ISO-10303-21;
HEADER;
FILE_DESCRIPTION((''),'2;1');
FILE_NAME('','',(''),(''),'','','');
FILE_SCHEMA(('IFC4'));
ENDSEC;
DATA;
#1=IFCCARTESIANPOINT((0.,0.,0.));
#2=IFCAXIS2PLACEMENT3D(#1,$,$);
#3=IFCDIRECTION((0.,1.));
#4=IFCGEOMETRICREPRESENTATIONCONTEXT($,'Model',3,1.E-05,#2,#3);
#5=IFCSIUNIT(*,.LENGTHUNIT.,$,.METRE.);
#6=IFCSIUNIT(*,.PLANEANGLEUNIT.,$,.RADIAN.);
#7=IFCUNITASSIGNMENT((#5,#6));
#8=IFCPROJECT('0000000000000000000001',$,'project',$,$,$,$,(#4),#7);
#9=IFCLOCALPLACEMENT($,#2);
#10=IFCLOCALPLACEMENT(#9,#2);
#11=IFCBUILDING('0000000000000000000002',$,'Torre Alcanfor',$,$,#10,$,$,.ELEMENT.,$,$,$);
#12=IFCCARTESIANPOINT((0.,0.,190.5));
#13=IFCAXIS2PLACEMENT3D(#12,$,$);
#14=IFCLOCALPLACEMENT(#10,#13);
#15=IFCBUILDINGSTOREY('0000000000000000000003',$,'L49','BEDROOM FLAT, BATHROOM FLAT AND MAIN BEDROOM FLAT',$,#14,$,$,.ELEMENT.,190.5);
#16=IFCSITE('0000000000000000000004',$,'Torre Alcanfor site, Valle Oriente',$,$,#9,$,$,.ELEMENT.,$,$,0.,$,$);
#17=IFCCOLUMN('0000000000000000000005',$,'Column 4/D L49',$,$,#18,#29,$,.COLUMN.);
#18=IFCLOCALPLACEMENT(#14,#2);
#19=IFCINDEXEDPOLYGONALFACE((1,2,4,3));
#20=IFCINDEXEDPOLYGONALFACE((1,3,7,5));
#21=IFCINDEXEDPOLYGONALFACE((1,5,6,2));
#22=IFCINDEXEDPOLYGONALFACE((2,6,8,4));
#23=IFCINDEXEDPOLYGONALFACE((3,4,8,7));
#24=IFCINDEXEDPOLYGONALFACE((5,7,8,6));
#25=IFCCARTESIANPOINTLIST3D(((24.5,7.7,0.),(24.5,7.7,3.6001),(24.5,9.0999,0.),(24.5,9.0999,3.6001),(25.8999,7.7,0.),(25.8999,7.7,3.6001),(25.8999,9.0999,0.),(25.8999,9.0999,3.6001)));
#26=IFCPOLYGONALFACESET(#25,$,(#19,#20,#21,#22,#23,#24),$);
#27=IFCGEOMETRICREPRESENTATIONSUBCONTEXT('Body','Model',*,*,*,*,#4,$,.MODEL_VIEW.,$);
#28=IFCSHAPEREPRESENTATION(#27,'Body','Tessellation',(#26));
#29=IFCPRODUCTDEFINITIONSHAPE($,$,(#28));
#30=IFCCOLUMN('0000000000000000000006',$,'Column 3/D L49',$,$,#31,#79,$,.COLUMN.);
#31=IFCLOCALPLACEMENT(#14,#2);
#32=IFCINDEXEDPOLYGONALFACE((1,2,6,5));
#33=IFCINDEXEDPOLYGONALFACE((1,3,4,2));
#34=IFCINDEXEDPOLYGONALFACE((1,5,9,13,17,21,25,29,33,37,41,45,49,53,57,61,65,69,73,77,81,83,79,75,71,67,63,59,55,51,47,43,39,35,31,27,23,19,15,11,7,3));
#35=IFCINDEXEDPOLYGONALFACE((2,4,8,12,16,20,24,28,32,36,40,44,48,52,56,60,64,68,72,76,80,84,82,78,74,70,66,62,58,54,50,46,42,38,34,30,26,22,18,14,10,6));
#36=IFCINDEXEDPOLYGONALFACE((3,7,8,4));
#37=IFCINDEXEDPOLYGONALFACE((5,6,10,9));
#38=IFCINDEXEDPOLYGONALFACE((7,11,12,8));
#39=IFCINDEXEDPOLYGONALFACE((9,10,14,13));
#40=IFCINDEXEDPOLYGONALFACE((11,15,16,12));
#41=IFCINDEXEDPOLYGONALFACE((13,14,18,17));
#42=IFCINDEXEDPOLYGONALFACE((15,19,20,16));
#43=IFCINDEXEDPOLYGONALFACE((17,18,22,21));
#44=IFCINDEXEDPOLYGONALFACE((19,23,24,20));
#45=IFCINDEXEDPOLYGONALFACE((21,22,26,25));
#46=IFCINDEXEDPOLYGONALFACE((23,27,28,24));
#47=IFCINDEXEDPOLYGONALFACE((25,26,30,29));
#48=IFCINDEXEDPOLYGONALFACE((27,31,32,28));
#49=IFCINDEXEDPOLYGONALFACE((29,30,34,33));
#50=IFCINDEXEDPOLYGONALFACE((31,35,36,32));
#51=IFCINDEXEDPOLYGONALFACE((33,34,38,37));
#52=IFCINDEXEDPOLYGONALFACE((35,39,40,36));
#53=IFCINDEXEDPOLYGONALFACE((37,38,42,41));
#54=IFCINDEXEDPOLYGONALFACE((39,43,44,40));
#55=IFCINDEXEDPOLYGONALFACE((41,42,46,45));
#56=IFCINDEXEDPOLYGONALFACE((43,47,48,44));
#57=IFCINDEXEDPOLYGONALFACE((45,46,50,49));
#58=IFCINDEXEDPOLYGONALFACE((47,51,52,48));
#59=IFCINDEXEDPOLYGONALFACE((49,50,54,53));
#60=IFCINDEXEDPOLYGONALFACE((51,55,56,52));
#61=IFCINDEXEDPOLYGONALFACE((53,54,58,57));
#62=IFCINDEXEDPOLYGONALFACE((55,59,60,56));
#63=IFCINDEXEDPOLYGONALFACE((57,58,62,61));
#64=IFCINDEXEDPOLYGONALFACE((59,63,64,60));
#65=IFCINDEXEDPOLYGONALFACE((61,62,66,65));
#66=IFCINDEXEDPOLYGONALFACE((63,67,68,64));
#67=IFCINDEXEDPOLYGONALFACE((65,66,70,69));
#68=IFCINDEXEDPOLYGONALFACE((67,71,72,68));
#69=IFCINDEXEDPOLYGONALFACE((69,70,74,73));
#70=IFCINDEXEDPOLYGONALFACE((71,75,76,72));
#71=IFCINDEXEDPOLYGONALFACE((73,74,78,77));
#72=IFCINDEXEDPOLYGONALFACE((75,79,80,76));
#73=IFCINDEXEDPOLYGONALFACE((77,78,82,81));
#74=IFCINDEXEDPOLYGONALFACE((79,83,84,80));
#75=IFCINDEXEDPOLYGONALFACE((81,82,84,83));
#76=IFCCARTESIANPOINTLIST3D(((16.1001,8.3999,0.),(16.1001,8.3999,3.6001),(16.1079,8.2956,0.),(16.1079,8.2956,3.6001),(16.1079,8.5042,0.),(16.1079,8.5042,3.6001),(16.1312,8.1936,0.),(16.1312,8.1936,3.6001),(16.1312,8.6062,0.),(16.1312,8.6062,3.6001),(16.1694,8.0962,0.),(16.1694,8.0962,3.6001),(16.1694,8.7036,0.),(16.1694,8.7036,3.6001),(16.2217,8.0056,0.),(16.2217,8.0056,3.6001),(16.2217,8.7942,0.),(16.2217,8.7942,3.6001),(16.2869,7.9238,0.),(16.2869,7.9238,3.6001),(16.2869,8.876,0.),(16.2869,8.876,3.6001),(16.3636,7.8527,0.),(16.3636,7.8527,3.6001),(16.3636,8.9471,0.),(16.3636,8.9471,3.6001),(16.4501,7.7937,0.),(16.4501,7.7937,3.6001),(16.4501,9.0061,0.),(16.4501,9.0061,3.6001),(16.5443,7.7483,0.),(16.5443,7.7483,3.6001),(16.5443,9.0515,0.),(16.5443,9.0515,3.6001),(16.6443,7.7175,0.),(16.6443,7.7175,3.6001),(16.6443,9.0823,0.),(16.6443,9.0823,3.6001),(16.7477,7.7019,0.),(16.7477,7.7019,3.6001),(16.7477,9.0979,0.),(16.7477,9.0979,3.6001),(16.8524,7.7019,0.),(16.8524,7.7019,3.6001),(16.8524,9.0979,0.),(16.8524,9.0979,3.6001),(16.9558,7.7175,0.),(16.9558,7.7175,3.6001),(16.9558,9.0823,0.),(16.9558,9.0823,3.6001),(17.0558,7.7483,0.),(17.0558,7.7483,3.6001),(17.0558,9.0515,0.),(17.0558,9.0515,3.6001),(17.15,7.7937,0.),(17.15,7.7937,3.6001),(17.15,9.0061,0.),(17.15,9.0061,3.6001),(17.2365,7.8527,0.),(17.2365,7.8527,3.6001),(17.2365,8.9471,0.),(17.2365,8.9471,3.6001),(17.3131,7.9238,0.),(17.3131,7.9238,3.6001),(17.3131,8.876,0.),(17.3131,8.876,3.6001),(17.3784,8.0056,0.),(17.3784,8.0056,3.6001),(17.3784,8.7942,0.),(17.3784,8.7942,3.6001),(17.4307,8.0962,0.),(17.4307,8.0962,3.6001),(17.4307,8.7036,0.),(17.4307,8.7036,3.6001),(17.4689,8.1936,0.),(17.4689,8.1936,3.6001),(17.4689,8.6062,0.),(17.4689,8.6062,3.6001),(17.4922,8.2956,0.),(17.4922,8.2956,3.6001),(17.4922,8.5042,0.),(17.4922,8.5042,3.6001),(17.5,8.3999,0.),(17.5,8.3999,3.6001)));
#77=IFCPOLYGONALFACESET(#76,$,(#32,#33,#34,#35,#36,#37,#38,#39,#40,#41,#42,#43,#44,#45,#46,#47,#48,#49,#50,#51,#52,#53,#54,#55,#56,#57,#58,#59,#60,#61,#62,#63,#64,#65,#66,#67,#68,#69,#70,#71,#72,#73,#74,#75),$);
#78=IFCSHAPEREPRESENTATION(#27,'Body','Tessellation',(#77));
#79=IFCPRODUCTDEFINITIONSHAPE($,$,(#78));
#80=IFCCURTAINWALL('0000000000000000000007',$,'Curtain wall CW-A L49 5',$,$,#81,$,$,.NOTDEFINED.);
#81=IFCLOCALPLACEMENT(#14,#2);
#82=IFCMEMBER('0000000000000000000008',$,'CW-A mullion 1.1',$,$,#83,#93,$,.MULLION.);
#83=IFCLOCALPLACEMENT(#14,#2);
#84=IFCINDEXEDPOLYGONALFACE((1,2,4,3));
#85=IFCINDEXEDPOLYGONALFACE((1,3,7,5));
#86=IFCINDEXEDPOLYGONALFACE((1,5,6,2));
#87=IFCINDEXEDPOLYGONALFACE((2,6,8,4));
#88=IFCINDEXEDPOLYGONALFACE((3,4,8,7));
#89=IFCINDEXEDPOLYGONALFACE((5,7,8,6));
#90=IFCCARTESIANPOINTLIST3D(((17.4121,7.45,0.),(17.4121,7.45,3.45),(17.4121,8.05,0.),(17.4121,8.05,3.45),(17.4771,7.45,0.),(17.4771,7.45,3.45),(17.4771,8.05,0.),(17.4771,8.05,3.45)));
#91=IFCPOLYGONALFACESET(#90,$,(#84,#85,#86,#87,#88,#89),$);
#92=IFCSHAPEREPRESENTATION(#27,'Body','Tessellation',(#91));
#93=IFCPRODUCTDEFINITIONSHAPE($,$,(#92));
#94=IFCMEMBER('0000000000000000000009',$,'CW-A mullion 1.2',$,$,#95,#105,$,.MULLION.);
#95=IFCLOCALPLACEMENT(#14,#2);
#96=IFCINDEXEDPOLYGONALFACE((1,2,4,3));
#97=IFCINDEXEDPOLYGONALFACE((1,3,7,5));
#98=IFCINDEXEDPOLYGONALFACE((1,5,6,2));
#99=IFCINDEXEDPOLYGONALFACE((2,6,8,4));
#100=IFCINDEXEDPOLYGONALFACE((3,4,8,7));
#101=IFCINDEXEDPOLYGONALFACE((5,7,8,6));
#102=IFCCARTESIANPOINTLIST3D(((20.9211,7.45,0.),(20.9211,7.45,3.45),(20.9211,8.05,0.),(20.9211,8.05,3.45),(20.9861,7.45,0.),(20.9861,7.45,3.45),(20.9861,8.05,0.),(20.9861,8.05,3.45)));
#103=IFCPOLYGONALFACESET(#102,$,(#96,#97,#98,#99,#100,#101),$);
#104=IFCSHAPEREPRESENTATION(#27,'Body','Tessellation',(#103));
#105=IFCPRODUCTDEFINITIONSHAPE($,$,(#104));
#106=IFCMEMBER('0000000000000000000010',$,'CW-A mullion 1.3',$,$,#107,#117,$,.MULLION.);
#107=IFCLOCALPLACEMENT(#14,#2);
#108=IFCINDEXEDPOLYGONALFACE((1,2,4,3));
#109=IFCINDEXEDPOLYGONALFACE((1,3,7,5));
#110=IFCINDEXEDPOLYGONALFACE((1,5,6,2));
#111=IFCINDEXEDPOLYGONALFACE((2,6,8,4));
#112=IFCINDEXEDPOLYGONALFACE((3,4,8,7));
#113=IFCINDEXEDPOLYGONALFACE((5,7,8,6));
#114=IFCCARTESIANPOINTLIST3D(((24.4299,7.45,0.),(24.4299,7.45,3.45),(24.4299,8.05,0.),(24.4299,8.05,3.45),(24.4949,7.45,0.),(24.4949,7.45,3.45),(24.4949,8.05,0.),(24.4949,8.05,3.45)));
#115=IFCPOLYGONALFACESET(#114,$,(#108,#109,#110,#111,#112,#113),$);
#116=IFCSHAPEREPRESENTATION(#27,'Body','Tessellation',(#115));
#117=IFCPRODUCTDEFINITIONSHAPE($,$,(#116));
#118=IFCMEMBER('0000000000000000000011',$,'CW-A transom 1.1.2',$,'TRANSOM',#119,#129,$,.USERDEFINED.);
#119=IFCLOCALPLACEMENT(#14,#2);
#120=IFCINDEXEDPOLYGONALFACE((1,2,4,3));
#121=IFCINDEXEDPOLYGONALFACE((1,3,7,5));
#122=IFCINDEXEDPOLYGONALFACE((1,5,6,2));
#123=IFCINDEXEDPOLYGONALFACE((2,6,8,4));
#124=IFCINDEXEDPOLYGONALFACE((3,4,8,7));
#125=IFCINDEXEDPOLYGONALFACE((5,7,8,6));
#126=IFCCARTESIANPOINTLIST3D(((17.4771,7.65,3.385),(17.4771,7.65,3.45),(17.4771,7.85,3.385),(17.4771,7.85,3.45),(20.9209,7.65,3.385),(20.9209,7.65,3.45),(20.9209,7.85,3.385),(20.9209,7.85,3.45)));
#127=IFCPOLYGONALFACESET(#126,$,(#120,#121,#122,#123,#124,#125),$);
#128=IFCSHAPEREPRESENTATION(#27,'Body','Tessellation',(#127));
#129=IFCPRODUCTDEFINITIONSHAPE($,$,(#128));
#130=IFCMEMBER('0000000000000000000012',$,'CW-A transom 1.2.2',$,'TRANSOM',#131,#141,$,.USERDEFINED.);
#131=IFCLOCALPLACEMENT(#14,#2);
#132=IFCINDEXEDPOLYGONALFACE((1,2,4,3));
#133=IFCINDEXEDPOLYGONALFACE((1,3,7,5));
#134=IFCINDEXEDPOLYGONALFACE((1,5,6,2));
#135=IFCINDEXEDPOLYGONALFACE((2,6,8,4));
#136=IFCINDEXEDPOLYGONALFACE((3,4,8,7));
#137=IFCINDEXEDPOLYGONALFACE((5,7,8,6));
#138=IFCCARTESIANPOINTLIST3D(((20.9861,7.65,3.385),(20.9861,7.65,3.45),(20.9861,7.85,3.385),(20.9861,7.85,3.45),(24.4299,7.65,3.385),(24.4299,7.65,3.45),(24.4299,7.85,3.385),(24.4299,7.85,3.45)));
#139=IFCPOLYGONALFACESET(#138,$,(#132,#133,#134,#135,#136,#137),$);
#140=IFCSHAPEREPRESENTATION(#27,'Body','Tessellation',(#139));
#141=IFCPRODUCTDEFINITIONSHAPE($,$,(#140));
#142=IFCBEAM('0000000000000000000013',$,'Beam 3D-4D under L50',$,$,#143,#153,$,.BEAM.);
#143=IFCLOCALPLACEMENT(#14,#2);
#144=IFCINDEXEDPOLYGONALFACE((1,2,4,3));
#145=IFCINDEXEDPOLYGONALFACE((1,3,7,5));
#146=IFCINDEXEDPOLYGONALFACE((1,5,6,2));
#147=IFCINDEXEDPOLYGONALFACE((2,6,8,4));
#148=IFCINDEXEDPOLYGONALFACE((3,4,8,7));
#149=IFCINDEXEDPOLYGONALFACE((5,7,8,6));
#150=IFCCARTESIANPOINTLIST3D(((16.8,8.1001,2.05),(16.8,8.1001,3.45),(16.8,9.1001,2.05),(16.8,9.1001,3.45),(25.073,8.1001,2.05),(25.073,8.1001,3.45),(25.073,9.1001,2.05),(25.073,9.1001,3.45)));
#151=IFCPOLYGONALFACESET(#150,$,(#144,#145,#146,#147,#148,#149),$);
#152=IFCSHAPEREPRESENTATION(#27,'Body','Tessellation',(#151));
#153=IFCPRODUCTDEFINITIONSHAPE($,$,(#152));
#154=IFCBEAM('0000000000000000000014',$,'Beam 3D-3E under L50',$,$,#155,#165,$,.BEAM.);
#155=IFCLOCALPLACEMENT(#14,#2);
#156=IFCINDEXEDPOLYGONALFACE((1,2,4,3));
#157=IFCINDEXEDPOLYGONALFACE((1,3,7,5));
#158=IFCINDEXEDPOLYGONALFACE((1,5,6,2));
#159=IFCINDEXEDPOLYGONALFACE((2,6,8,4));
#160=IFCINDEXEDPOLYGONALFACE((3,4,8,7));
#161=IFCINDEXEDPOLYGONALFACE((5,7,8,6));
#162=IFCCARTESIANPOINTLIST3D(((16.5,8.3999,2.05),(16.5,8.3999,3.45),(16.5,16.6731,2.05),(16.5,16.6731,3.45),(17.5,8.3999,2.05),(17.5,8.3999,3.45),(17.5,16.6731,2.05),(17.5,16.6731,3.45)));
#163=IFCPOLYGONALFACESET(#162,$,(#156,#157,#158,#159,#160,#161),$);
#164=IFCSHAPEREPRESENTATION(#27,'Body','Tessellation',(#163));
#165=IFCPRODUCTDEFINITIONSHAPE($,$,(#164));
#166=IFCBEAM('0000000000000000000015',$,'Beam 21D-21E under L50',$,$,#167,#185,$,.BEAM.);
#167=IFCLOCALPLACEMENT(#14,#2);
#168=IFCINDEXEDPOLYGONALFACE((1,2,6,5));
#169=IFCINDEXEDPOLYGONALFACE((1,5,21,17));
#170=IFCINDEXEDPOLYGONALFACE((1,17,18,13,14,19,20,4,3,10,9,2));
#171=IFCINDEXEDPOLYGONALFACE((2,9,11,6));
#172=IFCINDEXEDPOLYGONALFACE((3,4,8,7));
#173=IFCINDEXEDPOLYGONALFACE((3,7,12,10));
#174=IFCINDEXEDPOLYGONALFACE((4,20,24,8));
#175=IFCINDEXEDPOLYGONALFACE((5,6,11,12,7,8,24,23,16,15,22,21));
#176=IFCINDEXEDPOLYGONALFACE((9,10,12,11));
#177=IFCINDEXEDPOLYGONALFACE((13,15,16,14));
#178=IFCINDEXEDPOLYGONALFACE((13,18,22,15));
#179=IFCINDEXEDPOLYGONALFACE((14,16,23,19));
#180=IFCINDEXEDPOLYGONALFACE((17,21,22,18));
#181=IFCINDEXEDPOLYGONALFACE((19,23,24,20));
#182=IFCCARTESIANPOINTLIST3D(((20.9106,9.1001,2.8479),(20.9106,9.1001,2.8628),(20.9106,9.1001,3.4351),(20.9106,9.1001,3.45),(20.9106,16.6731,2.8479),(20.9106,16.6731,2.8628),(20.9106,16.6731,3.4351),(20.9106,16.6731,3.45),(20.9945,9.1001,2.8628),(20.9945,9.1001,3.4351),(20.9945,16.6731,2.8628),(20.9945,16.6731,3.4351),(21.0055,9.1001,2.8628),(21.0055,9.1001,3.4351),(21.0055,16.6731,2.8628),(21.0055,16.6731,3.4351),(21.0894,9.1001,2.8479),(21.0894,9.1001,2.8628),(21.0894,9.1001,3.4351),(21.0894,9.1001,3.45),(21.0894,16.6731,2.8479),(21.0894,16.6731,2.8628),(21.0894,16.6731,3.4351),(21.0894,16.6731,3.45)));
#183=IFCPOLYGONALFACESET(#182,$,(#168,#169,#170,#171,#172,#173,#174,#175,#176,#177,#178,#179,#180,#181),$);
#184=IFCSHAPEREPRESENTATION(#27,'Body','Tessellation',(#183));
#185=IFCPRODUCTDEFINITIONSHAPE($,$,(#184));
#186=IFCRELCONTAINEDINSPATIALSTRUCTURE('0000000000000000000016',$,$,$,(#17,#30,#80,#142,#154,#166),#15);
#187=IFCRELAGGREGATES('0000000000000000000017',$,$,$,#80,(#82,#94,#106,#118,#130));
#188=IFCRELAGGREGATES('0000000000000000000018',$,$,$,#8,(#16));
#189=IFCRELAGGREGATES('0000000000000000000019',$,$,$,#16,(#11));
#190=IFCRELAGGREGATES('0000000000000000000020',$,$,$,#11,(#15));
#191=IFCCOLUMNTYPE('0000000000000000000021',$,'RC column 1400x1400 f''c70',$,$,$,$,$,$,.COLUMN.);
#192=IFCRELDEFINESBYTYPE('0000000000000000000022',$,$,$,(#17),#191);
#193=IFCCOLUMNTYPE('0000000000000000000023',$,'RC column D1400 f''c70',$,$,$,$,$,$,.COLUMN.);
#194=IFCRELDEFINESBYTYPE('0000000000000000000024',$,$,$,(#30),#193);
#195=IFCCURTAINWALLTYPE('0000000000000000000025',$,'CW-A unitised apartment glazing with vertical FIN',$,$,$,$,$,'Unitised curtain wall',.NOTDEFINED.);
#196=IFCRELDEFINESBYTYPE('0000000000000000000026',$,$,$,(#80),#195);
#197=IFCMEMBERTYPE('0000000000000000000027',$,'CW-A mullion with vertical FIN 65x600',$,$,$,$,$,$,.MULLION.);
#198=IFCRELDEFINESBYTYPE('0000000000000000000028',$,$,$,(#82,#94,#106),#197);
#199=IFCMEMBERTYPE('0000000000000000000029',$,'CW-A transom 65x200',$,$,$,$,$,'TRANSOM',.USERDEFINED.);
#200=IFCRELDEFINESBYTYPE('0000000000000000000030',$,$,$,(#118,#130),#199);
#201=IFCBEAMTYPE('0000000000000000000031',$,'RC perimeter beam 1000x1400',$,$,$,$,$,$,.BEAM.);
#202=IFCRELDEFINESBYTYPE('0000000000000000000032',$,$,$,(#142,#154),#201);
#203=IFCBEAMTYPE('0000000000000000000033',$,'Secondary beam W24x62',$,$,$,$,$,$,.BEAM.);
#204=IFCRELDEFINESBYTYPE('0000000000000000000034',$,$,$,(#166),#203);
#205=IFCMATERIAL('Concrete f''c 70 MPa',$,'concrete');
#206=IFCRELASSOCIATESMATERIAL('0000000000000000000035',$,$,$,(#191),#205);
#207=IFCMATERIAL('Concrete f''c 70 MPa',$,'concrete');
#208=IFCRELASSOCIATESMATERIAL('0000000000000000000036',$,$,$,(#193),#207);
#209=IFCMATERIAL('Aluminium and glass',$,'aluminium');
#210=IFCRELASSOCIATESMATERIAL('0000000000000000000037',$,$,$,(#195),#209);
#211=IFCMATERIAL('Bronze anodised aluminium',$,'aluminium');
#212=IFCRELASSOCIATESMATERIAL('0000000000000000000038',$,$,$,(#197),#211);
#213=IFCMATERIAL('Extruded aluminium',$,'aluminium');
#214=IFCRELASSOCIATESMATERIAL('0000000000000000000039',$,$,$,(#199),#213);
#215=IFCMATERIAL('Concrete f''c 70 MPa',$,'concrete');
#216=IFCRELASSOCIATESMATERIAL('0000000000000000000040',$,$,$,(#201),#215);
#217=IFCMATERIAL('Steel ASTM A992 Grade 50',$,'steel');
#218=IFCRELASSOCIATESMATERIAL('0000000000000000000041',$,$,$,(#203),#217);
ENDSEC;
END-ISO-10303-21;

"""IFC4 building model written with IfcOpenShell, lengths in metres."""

from ifc_helpers import new_model, si_unit, direction, frame, origin, origin_2d, place, context, subcontext, project, spatial, rectangle, circle, i_section, extrude, material, material_profile, profile_set, type_object, element, aggregate, save


model = new_model("IFC4")

# Units and contexts
model_context = context("Model", 3, precision=1e-05, world=origin(), true_north=direction((0.0, 1.0)))
body_context = subcontext(model_context, "Body", "Model", "MODEL_VIEW")
ifc_project = project(units=[si_unit("LENGTHUNIT", "METRE"), si_unit("PLANEANGLEUNIT", "RADIAN")], contexts=[model_context])

# Site, building, storey
site_placement = place(None, origin())
site = spatial("IfcSite", under=ifc_project, at=site_placement, Name="Torre Alcanfor site, Valle Oriente", CompositionType="ELEMENT", RefElevation=0.0)
building_placement = place(site_placement, origin())
building = spatial("IfcBuilding", under=site, at=building_placement, Name="Torre Alcanfor", CompositionType="ELEMENT")
storey_placement = place(building_placement, frame((0.0, 0.0, 190.5)))
storey = spatial("IfcBuildingStorey", under=building, at=storey_placement, Name="L49", Description="BEDROOM FLAT, BATHROOM FLAT AND MAIN BEDROOM FLAT", CompositionType="ELEMENT", Elevation=190.5)

# Columns
ifc_material_1 = material(Name="Concrete f'c 70 MPa", Category="concrete")
ifc_material_profile_1 = material_profile(ifc_material_1, rectangle(XDim=1.3999, YDim=1.3999, at=origin_2d()), Name="1400x1400")
ifc_profile_set_1 = profile_set([ifc_material_profile_1], Name="Concrete f'c 70 MPa")
column_type_1 = type_object("IfcColumnType", Name="RC column 1400x1400 f'c70", PredefinedType="COLUMN", material=ifc_profile_set_1)
column_1_placement = place(storey_placement, frame((25.2, 8.3999, 0.0), z_axis=(0.0, 0.0, 1.0), x_axis=(1.0, 0.0, 0.0)))
element("IfcColumn", 1, at=column_1_placement, inside=storey, type_object=column_type_1, Name="Column 4/D L49", PredefinedType="COLUMN", context=body_context, shape_type="SweptSolid", body=[
    extrude(rectangle(XDim=1.3999, YDim=1.3999, at=origin_2d()), origin(), (0.0, 0.0, 1.0), 3.6001),
])
ifc_material_2 = material(Name="Concrete f'c 70 MPa", Category="concrete")
ifc_material_profile_2 = material_profile(ifc_material_2, circle(Radius=0.7, at=origin_2d()), Name="D1400")
ifc_profile_set_2 = profile_set([ifc_material_profile_2], Name="Concrete f'c 70 MPa")
column_type_2 = type_object("IfcColumnType", Name="RC column D1400 f'c70", PredefinedType="COLUMN", material=ifc_profile_set_2)
column_2_placement = place(storey_placement, frame((16.8, 8.3999, 0.0), z_axis=(0.0, 0.0, 1.0), x_axis=(1.0, 0.0, 0.0)))
element("IfcColumn", 2, at=column_2_placement, inside=storey, type_object=column_type_2, Name="Column 3/D L49", PredefinedType="COLUMN", context=body_context, shape_type="SweptSolid", body=[
    extrude(circle(Radius=0.7, at=origin_2d()), origin(), (0.0, 0.0, 1.0), 3.6001),
])

# Curtain wall, members
ifc_material_3 = material(Name="Aluminium and glass", Category="aluminium")
curtain_wall_type = type_object("IfcCurtainWallType", Name="CW-A unitised apartment glazing with vertical FIN", ElementType="Unitised curtain wall", PredefinedType="NOTDEFINED", material=ifc_material_3)
curtain_wall_placement = place(storey_placement, origin())
curtain_wall = element("IfcCurtainWall", 3, at=curtain_wall_placement, inside=storey, type_object=curtain_wall_type, Name="Curtain wall CW-A L49 5", PredefinedType="NOTDEFINED")
ifc_material_4 = material(Name="Bronze anodised aluminium", Category="aluminium")
ifc_material_profile_3 = material_profile(ifc_material_4, rectangle(XDim=0.6001, YDim=0.0649, at=origin_2d()), Name="CW-A mullion 65x600")
ifc_profile_set_3 = profile_set([ifc_material_profile_3], Name="Bronze anodised aluminium")
member_type_1 = type_object("IfcMemberType", Name="CW-A mullion with vertical FIN 65x600", PredefinedType="MULLION", material=ifc_profile_set_3)
member_1_placement = place(storey_placement, frame((17.4446, 7.75, 0.0), z_axis=(0.0, 0.0, 1.0), x_axis=(0.0, 1.0, 0.0)))
member_1 = element("IfcMember", 4, at=member_1_placement, type_object=member_type_1, Name="CW-A mullion 1.1", PredefinedType="MULLION", context=body_context, shape_type="SweptSolid", body=[
    extrude(rectangle(XDim=0.6001, YDim=0.0649, at=origin_2d()), origin(), (0.0, 0.0, 1.0), 3.45),
])
member_2_placement = place(storey_placement, frame((20.9536, 7.75, 0.0), z_axis=(0.0, 0.0, 1.0), x_axis=(0.0, 1.0, 0.0)))
member_2 = element("IfcMember", 5, at=member_2_placement, type_object=member_type_1, Name="CW-A mullion 1.2", PredefinedType="MULLION", context=body_context, shape_type="SweptSolid", body=[
    extrude(rectangle(XDim=0.6001, YDim=0.0649, at=origin_2d()), origin(), (0.0, 0.0, 1.0), 3.45),
])
member_3_placement = place(storey_placement, frame((24.4624, 7.75, 0.0), z_axis=(0.0, 0.0, 1.0), x_axis=(0.0, 1.0, 0.0)))
member_3 = element("IfcMember", 6, at=member_3_placement, type_object=member_type_1, Name="CW-A mullion 1.3", PredefinedType="MULLION", context=body_context, shape_type="SweptSolid", body=[
    extrude(rectangle(XDim=0.6001, YDim=0.0649, at=origin_2d()), origin(), (0.0, 0.0, 1.0), 3.45),
])
ifc_material_5 = material(Name="Extruded aluminium", Category="aluminium")
ifc_material_profile_4 = material_profile(ifc_material_5, rectangle(XDim=0.2, YDim=0.0649, at=origin_2d()), Name="CW-A transom 200x65")
ifc_profile_set_4 = profile_set([ifc_material_profile_4], Name="Extruded aluminium")
member_type_2 = type_object("IfcMemberType", Name="CW-A transom 65x200", ElementType="TRANSOM", PredefinedType="USERDEFINED", material=ifc_profile_set_4)
member_4_placement = place(storey_placement, frame((17.4771, 7.75, 3.4175), z_axis=(1.0, 0.0, 0.0), x_axis=(0.0, 1.0, 0.0)))
member_4 = element("IfcMember", 7, at=member_4_placement, type_object=member_type_2, Name="CW-A transom 1.1.2", ObjectType="TRANSOM", PredefinedType="USERDEFINED", context=body_context, shape_type="SweptSolid", body=[
    extrude(rectangle(XDim=0.2, YDim=0.0649, at=origin_2d()), origin(), (0.0, 0.0, 1.0), 3.4438),
])
member_5_placement = place(storey_placement, frame((20.9861, 7.75, 3.4175), z_axis=(1.0, 0.0, 0.0), x_axis=(0.0, 1.0, 0.0)))
member_5 = element("IfcMember", 8, at=member_5_placement, type_object=member_type_2, Name="CW-A transom 1.2.2", ObjectType="TRANSOM", PredefinedType="USERDEFINED", context=body_context, shape_type="SweptSolid", body=[
    extrude(rectangle(XDim=0.2, YDim=0.0649, at=origin_2d()), origin(), (0.0, 0.0, 1.0), 3.4438),
])

# Beams
ifc_material_6 = material(Name="Concrete f'c 70 MPa", Category="concrete")
ifc_material_profile_5 = material_profile(ifc_material_6, rectangle(XDim=1.0, YDim=1.3999, at=origin_2d()), Name="1000x1400")
ifc_profile_set_5 = profile_set([ifc_material_profile_5], Name="Concrete f'c 70 MPa")
beam_type_1 = type_object("IfcBeamType", Name="RC perimeter beam 1000x1400", PredefinedType="BEAM", material=ifc_profile_set_5)
beam_1_placement = place(storey_placement, frame((16.8, 8.6001, 2.75), z_axis=(1.0, 0.0, 0.0), x_axis=(0.0, 1.0, 0.0)))
element("IfcBeam", 9, at=beam_1_placement, inside=storey, type_object=beam_type_1, Name="Beam 3D-4D under L50", PredefinedType="BEAM", context=body_context, shape_type="SweptSolid", body=[
    extrude(rectangle(XDim=1.0, YDim=1.3999, at=origin_2d()), origin(), (0.0, 0.0, 1.0), 8.2729),
])
beam_2_placement = place(storey_placement, frame((17.0, 8.3999, 2.75), z_axis=(0.0, 1.0, 0.0), x_axis=(-1.0, 0.0, 0.0)))
element("IfcBeam", 10, at=beam_2_placement, inside=storey, type_object=beam_type_1, Name="Beam 3D-3E under L50", PredefinedType="BEAM", context=body_context, shape_type="SweptSolid", body=[
    extrude(rectangle(XDim=1.0, YDim=1.3999, at=origin_2d()), origin(), (0.0, 0.0, 1.0), 8.2732),
])
ifc_material_7 = material(Name="Steel ASTM A992 Grade 50", Category="steel")
ifc_material_profile_6 = material_profile(ifc_material_7, i_section(OverallWidth=0.1787, OverallDepth=0.6021, WebThickness=0.011, FlangeThickness=0.0149, at=origin_2d()), Name="W24x62")
ifc_profile_set_6 = profile_set([ifc_material_profile_6], Name="Steel ASTM A992 Grade 50")
beam_type_2 = type_object("IfcBeamType", Name="Secondary beam W24x62", PredefinedType="BEAM", material=ifc_profile_set_6)
beam_3_placement = place(storey_placement, frame((21.0, 9.1001, 3.1489), z_axis=(0.0, 1.0, 0.0), x_axis=(-1.0, 0.0, 0.0)))
element("IfcBeam", 11, at=beam_3_placement, inside=storey, type_object=beam_type_2, Name="Beam 21D-21E under L50", PredefinedType="BEAM", context=body_context, shape_type="SweptSolid", body=[
    extrude(i_section(OverallWidth=0.1787, OverallDepth=0.6021, WebThickness=0.011, FlangeThickness=0.0149, at=origin_2d()), origin(), (0.0, 0.0, 1.0), 7.573),
])

aggregate(curtain_wall, [member_1, member_2, member_3, member_4, member_5])

save(model, "model.ifc")
